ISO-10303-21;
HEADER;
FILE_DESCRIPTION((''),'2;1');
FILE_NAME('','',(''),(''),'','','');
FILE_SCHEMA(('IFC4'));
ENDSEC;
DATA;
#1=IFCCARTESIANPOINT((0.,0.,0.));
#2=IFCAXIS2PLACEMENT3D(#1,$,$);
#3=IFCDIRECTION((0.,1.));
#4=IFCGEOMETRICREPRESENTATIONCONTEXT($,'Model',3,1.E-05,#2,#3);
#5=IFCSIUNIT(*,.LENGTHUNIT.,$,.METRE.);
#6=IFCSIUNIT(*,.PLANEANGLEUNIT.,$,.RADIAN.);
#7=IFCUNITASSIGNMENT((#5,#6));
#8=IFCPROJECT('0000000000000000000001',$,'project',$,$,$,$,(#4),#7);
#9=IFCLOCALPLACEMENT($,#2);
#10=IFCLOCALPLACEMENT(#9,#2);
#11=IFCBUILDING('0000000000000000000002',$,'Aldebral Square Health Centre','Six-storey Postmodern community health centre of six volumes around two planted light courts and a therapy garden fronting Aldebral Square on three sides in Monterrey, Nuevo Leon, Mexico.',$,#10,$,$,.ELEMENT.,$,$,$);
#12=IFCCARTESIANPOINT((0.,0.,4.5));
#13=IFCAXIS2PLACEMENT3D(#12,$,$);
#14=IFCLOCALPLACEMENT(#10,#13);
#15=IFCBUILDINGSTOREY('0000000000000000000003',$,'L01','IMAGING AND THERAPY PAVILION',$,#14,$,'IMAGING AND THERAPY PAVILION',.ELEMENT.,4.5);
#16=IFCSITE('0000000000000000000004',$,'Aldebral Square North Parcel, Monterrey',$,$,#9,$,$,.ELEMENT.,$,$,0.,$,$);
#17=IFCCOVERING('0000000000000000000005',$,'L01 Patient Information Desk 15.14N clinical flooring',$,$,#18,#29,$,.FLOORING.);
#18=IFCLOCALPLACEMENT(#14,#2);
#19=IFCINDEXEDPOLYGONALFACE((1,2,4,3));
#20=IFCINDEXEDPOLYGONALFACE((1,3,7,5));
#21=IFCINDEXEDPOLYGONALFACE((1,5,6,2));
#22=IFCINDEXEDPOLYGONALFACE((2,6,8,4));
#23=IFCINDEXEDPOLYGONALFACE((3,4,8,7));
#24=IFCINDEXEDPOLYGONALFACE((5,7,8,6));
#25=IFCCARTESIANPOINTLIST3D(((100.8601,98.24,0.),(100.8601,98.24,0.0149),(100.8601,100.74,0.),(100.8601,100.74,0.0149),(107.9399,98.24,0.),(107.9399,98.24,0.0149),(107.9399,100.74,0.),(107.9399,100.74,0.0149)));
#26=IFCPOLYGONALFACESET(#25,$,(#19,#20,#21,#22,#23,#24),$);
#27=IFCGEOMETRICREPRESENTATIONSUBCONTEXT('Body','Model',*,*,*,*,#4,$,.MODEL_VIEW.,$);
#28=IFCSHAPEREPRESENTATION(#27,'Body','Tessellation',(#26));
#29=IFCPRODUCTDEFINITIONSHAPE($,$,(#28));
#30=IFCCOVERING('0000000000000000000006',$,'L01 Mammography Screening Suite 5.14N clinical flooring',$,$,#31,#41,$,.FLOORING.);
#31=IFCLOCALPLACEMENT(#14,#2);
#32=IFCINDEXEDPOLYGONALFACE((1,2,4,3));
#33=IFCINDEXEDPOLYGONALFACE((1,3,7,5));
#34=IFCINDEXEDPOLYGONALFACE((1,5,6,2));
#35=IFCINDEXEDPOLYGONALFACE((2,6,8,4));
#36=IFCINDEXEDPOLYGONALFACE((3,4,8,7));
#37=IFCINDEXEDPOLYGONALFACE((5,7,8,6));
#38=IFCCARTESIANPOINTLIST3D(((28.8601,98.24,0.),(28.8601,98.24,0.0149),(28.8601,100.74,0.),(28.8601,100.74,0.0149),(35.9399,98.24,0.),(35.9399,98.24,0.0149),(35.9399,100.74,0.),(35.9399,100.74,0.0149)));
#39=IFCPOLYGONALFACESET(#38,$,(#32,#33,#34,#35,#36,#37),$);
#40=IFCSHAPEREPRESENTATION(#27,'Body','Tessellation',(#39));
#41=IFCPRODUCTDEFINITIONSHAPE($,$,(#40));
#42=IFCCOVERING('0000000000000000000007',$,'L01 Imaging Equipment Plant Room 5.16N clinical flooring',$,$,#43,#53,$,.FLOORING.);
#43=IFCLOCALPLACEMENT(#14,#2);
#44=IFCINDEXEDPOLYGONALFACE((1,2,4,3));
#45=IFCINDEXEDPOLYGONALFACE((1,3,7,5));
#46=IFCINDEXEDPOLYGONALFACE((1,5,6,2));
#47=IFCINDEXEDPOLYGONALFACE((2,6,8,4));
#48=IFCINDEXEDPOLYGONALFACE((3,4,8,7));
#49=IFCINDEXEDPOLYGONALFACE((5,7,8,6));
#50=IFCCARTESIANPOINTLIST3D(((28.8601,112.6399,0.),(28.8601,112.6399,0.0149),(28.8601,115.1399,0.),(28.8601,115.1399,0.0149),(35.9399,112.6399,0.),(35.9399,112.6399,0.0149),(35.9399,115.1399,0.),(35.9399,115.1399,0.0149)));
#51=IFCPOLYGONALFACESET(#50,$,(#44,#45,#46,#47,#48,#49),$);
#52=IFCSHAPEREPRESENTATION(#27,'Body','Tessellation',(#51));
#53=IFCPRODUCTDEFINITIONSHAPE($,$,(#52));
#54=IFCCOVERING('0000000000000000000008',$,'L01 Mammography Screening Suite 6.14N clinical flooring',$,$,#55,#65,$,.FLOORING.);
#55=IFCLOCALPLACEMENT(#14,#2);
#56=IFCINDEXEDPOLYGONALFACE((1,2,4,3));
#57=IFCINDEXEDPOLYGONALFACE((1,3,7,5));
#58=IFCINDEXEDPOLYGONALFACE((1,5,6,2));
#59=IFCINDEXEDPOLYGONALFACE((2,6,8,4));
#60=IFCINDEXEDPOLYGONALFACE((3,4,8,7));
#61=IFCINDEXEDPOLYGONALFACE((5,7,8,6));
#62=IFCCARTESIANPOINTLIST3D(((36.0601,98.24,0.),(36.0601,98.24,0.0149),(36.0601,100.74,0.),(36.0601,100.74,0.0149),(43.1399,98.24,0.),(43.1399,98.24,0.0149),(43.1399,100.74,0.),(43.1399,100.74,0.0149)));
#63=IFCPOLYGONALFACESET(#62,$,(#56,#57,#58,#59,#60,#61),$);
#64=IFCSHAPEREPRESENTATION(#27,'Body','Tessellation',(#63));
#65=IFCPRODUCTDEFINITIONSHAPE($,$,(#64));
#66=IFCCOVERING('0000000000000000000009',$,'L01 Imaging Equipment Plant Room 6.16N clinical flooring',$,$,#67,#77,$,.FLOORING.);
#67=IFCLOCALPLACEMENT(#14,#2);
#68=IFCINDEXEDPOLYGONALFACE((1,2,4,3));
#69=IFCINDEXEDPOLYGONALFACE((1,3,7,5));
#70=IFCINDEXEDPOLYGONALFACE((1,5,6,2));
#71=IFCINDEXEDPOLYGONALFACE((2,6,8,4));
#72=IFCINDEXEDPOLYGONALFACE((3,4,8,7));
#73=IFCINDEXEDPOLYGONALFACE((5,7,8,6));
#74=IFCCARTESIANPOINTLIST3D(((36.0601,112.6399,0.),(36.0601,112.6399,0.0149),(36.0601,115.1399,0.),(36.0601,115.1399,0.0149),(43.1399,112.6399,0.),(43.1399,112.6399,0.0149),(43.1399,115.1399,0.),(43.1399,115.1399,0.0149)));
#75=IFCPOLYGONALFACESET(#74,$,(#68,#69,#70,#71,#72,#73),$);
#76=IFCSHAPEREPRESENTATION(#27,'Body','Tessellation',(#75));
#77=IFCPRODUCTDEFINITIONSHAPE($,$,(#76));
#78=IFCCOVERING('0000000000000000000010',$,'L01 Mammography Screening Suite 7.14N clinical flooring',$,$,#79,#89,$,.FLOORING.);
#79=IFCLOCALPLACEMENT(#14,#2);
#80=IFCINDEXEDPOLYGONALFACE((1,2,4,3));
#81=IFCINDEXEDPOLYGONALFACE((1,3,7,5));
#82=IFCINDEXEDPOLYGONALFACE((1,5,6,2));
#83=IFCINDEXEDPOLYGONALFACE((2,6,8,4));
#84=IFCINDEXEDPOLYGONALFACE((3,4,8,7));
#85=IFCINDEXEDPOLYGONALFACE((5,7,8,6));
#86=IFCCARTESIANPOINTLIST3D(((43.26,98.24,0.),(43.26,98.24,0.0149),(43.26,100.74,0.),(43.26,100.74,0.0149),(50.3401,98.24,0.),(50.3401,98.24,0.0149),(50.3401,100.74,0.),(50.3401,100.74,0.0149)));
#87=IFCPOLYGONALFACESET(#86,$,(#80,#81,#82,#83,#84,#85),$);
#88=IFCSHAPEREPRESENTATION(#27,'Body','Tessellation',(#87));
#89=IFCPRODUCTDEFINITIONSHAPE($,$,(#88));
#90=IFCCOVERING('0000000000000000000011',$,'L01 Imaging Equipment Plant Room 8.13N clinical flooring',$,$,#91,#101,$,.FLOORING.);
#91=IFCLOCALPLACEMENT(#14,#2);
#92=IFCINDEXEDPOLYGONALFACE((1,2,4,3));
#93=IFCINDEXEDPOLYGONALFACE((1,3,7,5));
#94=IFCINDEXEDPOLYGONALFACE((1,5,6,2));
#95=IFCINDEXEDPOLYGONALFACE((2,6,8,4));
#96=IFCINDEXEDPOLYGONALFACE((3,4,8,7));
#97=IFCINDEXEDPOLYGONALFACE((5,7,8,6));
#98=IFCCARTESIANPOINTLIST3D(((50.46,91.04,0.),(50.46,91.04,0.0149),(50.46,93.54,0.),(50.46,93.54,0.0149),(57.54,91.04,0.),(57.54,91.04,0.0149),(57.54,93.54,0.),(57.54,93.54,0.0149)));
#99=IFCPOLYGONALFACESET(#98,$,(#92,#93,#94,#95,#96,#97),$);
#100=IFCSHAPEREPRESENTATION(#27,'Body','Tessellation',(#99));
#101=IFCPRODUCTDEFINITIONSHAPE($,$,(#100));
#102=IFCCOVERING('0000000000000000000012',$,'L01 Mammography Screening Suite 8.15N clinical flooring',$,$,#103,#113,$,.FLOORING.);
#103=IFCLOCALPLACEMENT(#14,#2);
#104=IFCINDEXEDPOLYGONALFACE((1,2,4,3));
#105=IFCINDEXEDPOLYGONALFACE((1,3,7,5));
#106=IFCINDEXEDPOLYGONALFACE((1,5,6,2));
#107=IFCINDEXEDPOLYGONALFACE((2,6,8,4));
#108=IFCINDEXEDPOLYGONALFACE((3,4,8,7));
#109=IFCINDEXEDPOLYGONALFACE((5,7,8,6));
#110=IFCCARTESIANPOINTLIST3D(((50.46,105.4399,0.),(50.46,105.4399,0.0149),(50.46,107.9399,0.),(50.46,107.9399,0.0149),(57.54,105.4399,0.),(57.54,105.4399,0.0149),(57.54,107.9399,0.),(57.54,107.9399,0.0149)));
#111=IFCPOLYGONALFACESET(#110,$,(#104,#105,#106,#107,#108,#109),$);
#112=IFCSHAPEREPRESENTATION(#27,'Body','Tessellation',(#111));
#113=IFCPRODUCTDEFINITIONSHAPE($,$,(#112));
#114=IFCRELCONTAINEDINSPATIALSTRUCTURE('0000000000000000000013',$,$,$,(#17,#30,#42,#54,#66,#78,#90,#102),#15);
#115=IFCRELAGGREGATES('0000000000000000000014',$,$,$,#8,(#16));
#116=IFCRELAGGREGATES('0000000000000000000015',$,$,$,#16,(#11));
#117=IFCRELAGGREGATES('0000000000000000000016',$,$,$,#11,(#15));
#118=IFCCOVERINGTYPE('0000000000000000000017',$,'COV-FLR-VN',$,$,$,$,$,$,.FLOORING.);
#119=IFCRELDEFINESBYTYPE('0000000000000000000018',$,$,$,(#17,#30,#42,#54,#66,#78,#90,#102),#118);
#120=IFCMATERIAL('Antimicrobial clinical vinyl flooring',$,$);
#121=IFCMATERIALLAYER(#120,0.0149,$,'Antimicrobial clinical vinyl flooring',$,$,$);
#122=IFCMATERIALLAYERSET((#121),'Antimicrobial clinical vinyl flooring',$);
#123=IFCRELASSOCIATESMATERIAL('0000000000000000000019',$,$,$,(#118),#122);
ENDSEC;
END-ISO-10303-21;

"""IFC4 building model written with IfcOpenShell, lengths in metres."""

from ifc_helpers import new_model, si_unit, direction, frame, origin, place, context, subcontext, project, spatial, polyline, outline, extrude, material, layer, layer_set, type_object, element, save


model = new_model("IFC4")

# Units and contexts
model_context = context("Model", 3, precision=1e-05, world=origin(), true_north=direction((0.0, 1.0)))
body_context = subcontext(model_context, "Body", "Model", "MODEL_VIEW")
ifc_project = project(units=[si_unit("LENGTHUNIT", "METRE"), si_unit("PLANEANGLEUNIT", "RADIAN")], contexts=[model_context])

# Site, building, storey
site_placement = place(None, origin())
site = spatial("IfcSite", under=ifc_project, at=site_placement, Name="Aldebral Square North Parcel, Monterrey", CompositionType="ELEMENT", RefElevation=0.0)
building_placement = place(site_placement, origin())
building = spatial("IfcBuilding", under=site, at=building_placement, Name="Aldebral Square Health Centre", Description="Six-storey Postmodern community health centre of six volumes around two planted light courts and a therapy garden fronting Aldebral Square on three sides in Monterrey, Nuevo Leon, Mexico.", CompositionType="ELEMENT")
storey_placement = place(building_placement, frame((0.0, 0.0, 4.5)))
storey = spatial("IfcBuildingStorey", under=building, at=storey_placement, Name="L01", Description="IMAGING AND THERAPY PAVILION", LongName="IMAGING AND THERAPY PAVILION", CompositionType="ELEMENT", Elevation=4.5)

# Coverings
ifc_material_1 = material(Name="Antimicrobial clinical vinyl flooring")
ifc_layer_1 = layer(ifc_material_1, 0.0149, Name="Antimicrobial clinical vinyl flooring")
ifc_layer_set_1 = layer_set([ifc_layer_1], Name="Antimicrobial clinical vinyl flooring")
covering_type = type_object("IfcCoveringType", Name="COV-FLR-VN", PredefinedType="FLOORING", material=ifc_layer_set_1)
covering_1_placement = place(storey_placement, origin())
element("IfcCovering", 1, at=covering_1_placement, inside=storey, type_object=covering_type, Name="L01 Patient Information Desk 15.14N clinical flooring", PredefinedType="FLOORING", context=body_context, shape_type="SweptSolid", body=[
    extrude(outline(polyline([(100.8601, 98.24), (107.9399, 98.24), (107.9399, 100.74), (100.8601, 100.74), (100.8601, 98.24)])), origin(), (0.0, 0.0, 1.0), 0.0149),
])
covering_2_placement = place(storey_placement, origin())
element("IfcCovering", 2, at=covering_2_placement, inside=storey, type_object=covering_type, Name="L01 Mammography Screening Suite 5.14N clinical flooring", PredefinedType="FLOORING", context=body_context, shape_type="SweptSolid", body=[
    extrude(outline(polyline([(28.8601, 98.24), (35.9399, 98.24), (35.9399, 100.74), (28.8601, 100.74), (28.8601, 98.24)])), origin(), (0.0, 0.0, 1.0), 0.0149),
])
covering_3_placement = place(storey_placement, origin())
element("IfcCovering", 3, at=covering_3_placement, inside=storey, type_object=covering_type, Name="L01 Imaging Equipment Plant Room 5.16N clinical flooring", PredefinedType="FLOORING", context=body_context, shape_type="SweptSolid", body=[
    extrude(outline(polyline([(28.8601, 112.6399), (35.9399, 112.6399), (35.9399, 115.1399), (28.8601, 115.1399), (28.8601, 112.6399)])), origin(), (0.0, 0.0, 1.0), 0.0149),
])
covering_4_placement = place(storey_placement, origin())
element("IfcCovering", 4, at=covering_4_placement, inside=storey, type_object=covering_type, Name="L01 Mammography Screening Suite 6.14N clinical flooring", PredefinedType="FLOORING", context=body_context, shape_type="SweptSolid", body=[
    extrude(outline(polyline([(36.0601, 98.24), (43.1399, 98.24), (43.1399, 100.74), (36.0601, 100.74), (36.0601, 98.24)])), origin(), (0.0, 0.0, 1.0), 0.0149),
])
covering_5_placement = place(storey_placement, origin())
element("IfcCovering", 5, at=covering_5_placement, inside=storey, type_object=covering_type, Name="L01 Imaging Equipment Plant Room 6.16N clinical flooring", PredefinedType="FLOORING", context=body_context, shape_type="SweptSolid", body=[
    extrude(outline(polyline([(36.0601, 112.6399), (43.1399, 112.6399), (43.1399, 115.1399), (36.0601, 115.1399), (36.0601, 112.6399)])), origin(), (0.0, 0.0, 1.0), 0.0149),
])
covering_6_placement = place(storey_placement, origin())
element("IfcCovering", 6, at=covering_6_placement, inside=storey, type_object=covering_type, Name="L01 Mammography Screening Suite 7.14N clinical flooring", PredefinedType="FLOORING", context=body_context, shape_type="SweptSolid", body=[
    extrude(outline(polyline([(43.26, 98.24), (50.3401, 98.24), (50.3401, 100.74), (43.26, 100.74), (43.26, 98.24)])), origin(), (0.0, 0.0, 1.0), 0.0149),
])
covering_7_placement = place(storey_placement, origin())
element("IfcCovering", 7, at=covering_7_placement, inside=storey, type_object=covering_type, Name="L01 Imaging Equipment Plant Room 8.13N clinical flooring", PredefinedType="FLOORING", context=body_context, shape_type="SweptSolid", body=[
    extrude(outline(polyline([(50.46, 91.04), (57.54, 91.04), (57.54, 93.54), (50.46, 93.54), (50.46, 91.04)])), origin(), (0.0, 0.0, 1.0), 0.0149),
])
covering_8_placement = place(storey_placement, origin())
element("IfcCovering", 8, at=covering_8_placement, inside=storey, type_object=covering_type, Name="L01 Mammography Screening Suite 8.15N clinical flooring", PredefinedType="FLOORING", context=body_context, shape_type="SweptSolid", body=[
    extrude(outline(polyline([(50.46, 105.4399), (57.54, 105.4399), (57.54, 107.9399), (50.46, 107.9399), (50.46, 105.4399)])), origin(), (0.0, 0.0, 1.0), 0.0149),
])

save(model, "model.ifc")
